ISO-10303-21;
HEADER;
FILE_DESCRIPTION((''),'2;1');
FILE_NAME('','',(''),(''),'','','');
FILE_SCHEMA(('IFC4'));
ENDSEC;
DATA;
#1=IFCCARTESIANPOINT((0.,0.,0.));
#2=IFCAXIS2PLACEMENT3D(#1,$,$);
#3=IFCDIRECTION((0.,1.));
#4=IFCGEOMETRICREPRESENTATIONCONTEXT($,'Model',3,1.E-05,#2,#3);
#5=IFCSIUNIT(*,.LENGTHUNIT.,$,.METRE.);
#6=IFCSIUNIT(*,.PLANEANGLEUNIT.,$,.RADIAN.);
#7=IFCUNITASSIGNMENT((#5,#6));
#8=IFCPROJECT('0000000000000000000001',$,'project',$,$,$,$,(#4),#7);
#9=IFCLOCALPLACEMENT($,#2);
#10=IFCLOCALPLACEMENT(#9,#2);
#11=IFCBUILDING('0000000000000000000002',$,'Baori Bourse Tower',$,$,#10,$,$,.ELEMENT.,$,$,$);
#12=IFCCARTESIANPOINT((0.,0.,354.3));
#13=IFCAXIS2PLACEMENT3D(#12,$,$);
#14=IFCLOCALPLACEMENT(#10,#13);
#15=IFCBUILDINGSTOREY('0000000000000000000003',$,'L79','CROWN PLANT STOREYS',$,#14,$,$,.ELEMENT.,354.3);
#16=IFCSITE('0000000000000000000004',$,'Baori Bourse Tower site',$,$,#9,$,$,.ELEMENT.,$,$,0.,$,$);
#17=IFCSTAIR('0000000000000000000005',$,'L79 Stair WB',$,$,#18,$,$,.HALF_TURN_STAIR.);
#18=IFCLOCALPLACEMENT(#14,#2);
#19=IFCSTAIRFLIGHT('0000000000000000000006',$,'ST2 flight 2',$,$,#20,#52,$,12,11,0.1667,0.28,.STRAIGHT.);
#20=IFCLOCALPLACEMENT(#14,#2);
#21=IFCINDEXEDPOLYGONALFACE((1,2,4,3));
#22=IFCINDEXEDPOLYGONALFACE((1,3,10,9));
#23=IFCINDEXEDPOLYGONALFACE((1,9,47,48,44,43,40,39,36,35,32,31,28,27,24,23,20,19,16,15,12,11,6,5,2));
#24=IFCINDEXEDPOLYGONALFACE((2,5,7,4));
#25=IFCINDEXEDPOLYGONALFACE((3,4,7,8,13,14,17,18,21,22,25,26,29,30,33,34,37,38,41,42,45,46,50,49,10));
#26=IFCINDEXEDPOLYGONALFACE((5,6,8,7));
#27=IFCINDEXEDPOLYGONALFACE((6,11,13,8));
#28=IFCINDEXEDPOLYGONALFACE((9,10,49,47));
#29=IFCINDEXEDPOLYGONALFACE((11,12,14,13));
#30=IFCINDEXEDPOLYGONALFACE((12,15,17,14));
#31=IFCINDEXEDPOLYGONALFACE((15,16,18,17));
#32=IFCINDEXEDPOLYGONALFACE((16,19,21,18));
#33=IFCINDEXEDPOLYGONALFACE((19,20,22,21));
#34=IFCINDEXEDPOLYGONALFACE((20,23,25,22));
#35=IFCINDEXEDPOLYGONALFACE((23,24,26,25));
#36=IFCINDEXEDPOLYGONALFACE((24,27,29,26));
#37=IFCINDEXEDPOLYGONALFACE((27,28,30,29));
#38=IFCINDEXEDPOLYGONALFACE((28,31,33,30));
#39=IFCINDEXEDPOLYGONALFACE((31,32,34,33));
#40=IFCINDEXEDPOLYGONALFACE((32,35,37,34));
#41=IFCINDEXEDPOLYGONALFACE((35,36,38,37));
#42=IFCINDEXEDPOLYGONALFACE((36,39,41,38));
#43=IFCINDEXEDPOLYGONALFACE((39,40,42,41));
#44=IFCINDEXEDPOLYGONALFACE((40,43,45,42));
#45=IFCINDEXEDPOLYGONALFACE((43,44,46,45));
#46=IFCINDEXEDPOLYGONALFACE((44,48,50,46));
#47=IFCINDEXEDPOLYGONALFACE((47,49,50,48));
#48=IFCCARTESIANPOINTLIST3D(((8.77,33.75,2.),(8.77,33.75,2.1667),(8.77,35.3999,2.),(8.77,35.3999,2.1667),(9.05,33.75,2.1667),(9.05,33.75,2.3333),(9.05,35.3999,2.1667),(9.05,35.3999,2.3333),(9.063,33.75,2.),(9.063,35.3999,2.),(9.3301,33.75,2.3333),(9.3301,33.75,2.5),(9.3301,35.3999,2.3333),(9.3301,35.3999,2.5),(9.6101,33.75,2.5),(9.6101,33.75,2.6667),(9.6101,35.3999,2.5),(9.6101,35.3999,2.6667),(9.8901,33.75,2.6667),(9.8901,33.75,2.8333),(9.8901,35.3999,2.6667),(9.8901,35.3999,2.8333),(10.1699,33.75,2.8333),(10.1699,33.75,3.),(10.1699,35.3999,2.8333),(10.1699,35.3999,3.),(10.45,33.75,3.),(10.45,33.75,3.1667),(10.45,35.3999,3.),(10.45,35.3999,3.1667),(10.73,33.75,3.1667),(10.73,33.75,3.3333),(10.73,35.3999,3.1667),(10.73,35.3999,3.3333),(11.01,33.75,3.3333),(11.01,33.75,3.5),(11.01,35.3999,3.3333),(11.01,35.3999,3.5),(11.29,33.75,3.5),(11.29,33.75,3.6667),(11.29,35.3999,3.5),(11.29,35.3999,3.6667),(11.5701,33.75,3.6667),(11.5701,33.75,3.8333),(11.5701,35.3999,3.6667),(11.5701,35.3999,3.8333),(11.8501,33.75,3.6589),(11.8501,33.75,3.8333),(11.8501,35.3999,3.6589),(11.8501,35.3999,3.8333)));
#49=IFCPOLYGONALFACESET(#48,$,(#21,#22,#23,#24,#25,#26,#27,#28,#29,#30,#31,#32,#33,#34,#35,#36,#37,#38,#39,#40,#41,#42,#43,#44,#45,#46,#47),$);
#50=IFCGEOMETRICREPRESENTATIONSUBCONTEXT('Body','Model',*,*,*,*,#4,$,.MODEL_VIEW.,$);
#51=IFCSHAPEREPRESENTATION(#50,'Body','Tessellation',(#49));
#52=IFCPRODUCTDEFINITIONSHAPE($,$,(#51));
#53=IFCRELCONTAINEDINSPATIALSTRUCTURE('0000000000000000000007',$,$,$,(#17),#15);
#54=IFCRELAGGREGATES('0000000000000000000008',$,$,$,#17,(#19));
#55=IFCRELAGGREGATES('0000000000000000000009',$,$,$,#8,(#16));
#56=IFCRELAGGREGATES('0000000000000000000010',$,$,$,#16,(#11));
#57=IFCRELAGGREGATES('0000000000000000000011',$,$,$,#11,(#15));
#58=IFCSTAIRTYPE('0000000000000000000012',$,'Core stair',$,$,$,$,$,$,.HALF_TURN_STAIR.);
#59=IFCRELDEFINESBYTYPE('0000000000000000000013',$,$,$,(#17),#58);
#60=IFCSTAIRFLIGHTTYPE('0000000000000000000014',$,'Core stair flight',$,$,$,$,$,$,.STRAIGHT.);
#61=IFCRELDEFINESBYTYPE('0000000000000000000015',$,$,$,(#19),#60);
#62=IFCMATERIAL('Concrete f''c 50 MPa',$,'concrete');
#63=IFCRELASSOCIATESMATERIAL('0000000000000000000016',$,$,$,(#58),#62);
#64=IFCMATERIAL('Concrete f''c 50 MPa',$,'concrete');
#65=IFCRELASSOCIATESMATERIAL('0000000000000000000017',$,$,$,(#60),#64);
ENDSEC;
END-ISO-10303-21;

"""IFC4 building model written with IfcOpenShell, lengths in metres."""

from ifc_helpers import new_model, si_unit, direction, frame, origin, place, context, subcontext, project, spatial, polyline, outline, extrude, material, type_object, element, aggregate, save


model = new_model("IFC4")

# Units and contexts
model_context = context("Model", 3, precision=1e-05, world=origin(), true_north=direction((0.0, 1.0)))
body_context = subcontext(model_context, "Body", "Model", "MODEL_VIEW")
ifc_project = project(units=[si_unit("LENGTHUNIT", "METRE"), si_unit("PLANEANGLEUNIT", "RADIAN")], contexts=[model_context])

# Site, building, storey
site_placement = place(None, origin())
site = spatial("IfcSite", under=ifc_project, at=site_placement, Name="Baori Bourse Tower site", CompositionType="ELEMENT", RefElevation=0.0)
building_placement = place(site_placement, origin())
building = spatial("IfcBuilding", under=site, at=building_placement, Name="Baori Bourse Tower", CompositionType="ELEMENT")
storey_placement = place(building_placement, frame((0.0, 0.0, 354.3)))
storey = spatial("IfcBuildingStorey", under=building, at=storey_placement, Name="L79", Description="CROWN PLANT STOREYS", CompositionType="ELEMENT", Elevation=354.3)

# Stair, stair flight
ifc_material_1 = material(Name="Concrete f'c 50 MPa", Category="concrete")
stair_type = type_object("IfcStairType", Name="Core stair", PredefinedType="HALF_TURN_STAIR", material=ifc_material_1)
stair_placement = place(storey_placement, origin())
stair = element("IfcStair", 1, at=stair_placement, inside=storey, type_object=stair_type, Name="L79 Stair WB", PredefinedType="HALF_TURN_STAIR")
ifc_material_2 = material(Name="Concrete f'c 50 MPa", Category="concrete")
stair_flight_type = type_object("IfcStairFlightType", Name="Core stair flight", PredefinedType="STRAIGHT", material=ifc_material_2)
stair_flight_1_placement = place(storey_placement, frame((8.77, 34.575, 2.0), z_axis=(0.0, 0.0, 1.0), x_axis=(1.0, 0.0, 0.0)))
stair_flight_1 = element("IfcStairFlight", 2, at=stair_flight_1_placement, type_object=stair_flight_type, Name="ST2 flight 2", NumberOfRisers=12, NumberOfTreads=11, PredefinedType="STRAIGHT", RiserHeight=0.1667, TreadLength=0.28, context=body_context, shape_type="SweptSolid", body=[
    extrude(outline(polyline([(0.0, 0.0), (0.0, 0.1667), (0.28, 0.1667), (0.28, 0.3333), (0.5601, 0.3333), (0.5601, 0.5), (0.8401, 0.5), (0.8401, 0.6667), (1.1201, 0.6667), (1.1201, 0.8333), (1.3999, 0.8333), (1.3999, 1.0), (1.6799, 1.0), (1.6799, 1.1667), (1.96, 1.1667), (1.96, 1.3333), (2.24, 1.3333), (2.24, 1.5), (2.52, 1.5), (2.52, 1.6667), (2.8, 1.6667), (2.8, 1.8333), (3.0801, 1.8333), (3.0801, 2.0), (3.0801, 1.6589), (0.293, 0.0), (0.0, 0.0)])), frame((0.0, 0.825, 0.0), z_axis=(0.0, -1.0, 0.0), x_axis=(1.0, 0.0, 0.0)), (0.0, 0.0, 1.0), 1.6499),
])
aggregate(stair, [stair_flight_1])

save(model, "model.ifc")
